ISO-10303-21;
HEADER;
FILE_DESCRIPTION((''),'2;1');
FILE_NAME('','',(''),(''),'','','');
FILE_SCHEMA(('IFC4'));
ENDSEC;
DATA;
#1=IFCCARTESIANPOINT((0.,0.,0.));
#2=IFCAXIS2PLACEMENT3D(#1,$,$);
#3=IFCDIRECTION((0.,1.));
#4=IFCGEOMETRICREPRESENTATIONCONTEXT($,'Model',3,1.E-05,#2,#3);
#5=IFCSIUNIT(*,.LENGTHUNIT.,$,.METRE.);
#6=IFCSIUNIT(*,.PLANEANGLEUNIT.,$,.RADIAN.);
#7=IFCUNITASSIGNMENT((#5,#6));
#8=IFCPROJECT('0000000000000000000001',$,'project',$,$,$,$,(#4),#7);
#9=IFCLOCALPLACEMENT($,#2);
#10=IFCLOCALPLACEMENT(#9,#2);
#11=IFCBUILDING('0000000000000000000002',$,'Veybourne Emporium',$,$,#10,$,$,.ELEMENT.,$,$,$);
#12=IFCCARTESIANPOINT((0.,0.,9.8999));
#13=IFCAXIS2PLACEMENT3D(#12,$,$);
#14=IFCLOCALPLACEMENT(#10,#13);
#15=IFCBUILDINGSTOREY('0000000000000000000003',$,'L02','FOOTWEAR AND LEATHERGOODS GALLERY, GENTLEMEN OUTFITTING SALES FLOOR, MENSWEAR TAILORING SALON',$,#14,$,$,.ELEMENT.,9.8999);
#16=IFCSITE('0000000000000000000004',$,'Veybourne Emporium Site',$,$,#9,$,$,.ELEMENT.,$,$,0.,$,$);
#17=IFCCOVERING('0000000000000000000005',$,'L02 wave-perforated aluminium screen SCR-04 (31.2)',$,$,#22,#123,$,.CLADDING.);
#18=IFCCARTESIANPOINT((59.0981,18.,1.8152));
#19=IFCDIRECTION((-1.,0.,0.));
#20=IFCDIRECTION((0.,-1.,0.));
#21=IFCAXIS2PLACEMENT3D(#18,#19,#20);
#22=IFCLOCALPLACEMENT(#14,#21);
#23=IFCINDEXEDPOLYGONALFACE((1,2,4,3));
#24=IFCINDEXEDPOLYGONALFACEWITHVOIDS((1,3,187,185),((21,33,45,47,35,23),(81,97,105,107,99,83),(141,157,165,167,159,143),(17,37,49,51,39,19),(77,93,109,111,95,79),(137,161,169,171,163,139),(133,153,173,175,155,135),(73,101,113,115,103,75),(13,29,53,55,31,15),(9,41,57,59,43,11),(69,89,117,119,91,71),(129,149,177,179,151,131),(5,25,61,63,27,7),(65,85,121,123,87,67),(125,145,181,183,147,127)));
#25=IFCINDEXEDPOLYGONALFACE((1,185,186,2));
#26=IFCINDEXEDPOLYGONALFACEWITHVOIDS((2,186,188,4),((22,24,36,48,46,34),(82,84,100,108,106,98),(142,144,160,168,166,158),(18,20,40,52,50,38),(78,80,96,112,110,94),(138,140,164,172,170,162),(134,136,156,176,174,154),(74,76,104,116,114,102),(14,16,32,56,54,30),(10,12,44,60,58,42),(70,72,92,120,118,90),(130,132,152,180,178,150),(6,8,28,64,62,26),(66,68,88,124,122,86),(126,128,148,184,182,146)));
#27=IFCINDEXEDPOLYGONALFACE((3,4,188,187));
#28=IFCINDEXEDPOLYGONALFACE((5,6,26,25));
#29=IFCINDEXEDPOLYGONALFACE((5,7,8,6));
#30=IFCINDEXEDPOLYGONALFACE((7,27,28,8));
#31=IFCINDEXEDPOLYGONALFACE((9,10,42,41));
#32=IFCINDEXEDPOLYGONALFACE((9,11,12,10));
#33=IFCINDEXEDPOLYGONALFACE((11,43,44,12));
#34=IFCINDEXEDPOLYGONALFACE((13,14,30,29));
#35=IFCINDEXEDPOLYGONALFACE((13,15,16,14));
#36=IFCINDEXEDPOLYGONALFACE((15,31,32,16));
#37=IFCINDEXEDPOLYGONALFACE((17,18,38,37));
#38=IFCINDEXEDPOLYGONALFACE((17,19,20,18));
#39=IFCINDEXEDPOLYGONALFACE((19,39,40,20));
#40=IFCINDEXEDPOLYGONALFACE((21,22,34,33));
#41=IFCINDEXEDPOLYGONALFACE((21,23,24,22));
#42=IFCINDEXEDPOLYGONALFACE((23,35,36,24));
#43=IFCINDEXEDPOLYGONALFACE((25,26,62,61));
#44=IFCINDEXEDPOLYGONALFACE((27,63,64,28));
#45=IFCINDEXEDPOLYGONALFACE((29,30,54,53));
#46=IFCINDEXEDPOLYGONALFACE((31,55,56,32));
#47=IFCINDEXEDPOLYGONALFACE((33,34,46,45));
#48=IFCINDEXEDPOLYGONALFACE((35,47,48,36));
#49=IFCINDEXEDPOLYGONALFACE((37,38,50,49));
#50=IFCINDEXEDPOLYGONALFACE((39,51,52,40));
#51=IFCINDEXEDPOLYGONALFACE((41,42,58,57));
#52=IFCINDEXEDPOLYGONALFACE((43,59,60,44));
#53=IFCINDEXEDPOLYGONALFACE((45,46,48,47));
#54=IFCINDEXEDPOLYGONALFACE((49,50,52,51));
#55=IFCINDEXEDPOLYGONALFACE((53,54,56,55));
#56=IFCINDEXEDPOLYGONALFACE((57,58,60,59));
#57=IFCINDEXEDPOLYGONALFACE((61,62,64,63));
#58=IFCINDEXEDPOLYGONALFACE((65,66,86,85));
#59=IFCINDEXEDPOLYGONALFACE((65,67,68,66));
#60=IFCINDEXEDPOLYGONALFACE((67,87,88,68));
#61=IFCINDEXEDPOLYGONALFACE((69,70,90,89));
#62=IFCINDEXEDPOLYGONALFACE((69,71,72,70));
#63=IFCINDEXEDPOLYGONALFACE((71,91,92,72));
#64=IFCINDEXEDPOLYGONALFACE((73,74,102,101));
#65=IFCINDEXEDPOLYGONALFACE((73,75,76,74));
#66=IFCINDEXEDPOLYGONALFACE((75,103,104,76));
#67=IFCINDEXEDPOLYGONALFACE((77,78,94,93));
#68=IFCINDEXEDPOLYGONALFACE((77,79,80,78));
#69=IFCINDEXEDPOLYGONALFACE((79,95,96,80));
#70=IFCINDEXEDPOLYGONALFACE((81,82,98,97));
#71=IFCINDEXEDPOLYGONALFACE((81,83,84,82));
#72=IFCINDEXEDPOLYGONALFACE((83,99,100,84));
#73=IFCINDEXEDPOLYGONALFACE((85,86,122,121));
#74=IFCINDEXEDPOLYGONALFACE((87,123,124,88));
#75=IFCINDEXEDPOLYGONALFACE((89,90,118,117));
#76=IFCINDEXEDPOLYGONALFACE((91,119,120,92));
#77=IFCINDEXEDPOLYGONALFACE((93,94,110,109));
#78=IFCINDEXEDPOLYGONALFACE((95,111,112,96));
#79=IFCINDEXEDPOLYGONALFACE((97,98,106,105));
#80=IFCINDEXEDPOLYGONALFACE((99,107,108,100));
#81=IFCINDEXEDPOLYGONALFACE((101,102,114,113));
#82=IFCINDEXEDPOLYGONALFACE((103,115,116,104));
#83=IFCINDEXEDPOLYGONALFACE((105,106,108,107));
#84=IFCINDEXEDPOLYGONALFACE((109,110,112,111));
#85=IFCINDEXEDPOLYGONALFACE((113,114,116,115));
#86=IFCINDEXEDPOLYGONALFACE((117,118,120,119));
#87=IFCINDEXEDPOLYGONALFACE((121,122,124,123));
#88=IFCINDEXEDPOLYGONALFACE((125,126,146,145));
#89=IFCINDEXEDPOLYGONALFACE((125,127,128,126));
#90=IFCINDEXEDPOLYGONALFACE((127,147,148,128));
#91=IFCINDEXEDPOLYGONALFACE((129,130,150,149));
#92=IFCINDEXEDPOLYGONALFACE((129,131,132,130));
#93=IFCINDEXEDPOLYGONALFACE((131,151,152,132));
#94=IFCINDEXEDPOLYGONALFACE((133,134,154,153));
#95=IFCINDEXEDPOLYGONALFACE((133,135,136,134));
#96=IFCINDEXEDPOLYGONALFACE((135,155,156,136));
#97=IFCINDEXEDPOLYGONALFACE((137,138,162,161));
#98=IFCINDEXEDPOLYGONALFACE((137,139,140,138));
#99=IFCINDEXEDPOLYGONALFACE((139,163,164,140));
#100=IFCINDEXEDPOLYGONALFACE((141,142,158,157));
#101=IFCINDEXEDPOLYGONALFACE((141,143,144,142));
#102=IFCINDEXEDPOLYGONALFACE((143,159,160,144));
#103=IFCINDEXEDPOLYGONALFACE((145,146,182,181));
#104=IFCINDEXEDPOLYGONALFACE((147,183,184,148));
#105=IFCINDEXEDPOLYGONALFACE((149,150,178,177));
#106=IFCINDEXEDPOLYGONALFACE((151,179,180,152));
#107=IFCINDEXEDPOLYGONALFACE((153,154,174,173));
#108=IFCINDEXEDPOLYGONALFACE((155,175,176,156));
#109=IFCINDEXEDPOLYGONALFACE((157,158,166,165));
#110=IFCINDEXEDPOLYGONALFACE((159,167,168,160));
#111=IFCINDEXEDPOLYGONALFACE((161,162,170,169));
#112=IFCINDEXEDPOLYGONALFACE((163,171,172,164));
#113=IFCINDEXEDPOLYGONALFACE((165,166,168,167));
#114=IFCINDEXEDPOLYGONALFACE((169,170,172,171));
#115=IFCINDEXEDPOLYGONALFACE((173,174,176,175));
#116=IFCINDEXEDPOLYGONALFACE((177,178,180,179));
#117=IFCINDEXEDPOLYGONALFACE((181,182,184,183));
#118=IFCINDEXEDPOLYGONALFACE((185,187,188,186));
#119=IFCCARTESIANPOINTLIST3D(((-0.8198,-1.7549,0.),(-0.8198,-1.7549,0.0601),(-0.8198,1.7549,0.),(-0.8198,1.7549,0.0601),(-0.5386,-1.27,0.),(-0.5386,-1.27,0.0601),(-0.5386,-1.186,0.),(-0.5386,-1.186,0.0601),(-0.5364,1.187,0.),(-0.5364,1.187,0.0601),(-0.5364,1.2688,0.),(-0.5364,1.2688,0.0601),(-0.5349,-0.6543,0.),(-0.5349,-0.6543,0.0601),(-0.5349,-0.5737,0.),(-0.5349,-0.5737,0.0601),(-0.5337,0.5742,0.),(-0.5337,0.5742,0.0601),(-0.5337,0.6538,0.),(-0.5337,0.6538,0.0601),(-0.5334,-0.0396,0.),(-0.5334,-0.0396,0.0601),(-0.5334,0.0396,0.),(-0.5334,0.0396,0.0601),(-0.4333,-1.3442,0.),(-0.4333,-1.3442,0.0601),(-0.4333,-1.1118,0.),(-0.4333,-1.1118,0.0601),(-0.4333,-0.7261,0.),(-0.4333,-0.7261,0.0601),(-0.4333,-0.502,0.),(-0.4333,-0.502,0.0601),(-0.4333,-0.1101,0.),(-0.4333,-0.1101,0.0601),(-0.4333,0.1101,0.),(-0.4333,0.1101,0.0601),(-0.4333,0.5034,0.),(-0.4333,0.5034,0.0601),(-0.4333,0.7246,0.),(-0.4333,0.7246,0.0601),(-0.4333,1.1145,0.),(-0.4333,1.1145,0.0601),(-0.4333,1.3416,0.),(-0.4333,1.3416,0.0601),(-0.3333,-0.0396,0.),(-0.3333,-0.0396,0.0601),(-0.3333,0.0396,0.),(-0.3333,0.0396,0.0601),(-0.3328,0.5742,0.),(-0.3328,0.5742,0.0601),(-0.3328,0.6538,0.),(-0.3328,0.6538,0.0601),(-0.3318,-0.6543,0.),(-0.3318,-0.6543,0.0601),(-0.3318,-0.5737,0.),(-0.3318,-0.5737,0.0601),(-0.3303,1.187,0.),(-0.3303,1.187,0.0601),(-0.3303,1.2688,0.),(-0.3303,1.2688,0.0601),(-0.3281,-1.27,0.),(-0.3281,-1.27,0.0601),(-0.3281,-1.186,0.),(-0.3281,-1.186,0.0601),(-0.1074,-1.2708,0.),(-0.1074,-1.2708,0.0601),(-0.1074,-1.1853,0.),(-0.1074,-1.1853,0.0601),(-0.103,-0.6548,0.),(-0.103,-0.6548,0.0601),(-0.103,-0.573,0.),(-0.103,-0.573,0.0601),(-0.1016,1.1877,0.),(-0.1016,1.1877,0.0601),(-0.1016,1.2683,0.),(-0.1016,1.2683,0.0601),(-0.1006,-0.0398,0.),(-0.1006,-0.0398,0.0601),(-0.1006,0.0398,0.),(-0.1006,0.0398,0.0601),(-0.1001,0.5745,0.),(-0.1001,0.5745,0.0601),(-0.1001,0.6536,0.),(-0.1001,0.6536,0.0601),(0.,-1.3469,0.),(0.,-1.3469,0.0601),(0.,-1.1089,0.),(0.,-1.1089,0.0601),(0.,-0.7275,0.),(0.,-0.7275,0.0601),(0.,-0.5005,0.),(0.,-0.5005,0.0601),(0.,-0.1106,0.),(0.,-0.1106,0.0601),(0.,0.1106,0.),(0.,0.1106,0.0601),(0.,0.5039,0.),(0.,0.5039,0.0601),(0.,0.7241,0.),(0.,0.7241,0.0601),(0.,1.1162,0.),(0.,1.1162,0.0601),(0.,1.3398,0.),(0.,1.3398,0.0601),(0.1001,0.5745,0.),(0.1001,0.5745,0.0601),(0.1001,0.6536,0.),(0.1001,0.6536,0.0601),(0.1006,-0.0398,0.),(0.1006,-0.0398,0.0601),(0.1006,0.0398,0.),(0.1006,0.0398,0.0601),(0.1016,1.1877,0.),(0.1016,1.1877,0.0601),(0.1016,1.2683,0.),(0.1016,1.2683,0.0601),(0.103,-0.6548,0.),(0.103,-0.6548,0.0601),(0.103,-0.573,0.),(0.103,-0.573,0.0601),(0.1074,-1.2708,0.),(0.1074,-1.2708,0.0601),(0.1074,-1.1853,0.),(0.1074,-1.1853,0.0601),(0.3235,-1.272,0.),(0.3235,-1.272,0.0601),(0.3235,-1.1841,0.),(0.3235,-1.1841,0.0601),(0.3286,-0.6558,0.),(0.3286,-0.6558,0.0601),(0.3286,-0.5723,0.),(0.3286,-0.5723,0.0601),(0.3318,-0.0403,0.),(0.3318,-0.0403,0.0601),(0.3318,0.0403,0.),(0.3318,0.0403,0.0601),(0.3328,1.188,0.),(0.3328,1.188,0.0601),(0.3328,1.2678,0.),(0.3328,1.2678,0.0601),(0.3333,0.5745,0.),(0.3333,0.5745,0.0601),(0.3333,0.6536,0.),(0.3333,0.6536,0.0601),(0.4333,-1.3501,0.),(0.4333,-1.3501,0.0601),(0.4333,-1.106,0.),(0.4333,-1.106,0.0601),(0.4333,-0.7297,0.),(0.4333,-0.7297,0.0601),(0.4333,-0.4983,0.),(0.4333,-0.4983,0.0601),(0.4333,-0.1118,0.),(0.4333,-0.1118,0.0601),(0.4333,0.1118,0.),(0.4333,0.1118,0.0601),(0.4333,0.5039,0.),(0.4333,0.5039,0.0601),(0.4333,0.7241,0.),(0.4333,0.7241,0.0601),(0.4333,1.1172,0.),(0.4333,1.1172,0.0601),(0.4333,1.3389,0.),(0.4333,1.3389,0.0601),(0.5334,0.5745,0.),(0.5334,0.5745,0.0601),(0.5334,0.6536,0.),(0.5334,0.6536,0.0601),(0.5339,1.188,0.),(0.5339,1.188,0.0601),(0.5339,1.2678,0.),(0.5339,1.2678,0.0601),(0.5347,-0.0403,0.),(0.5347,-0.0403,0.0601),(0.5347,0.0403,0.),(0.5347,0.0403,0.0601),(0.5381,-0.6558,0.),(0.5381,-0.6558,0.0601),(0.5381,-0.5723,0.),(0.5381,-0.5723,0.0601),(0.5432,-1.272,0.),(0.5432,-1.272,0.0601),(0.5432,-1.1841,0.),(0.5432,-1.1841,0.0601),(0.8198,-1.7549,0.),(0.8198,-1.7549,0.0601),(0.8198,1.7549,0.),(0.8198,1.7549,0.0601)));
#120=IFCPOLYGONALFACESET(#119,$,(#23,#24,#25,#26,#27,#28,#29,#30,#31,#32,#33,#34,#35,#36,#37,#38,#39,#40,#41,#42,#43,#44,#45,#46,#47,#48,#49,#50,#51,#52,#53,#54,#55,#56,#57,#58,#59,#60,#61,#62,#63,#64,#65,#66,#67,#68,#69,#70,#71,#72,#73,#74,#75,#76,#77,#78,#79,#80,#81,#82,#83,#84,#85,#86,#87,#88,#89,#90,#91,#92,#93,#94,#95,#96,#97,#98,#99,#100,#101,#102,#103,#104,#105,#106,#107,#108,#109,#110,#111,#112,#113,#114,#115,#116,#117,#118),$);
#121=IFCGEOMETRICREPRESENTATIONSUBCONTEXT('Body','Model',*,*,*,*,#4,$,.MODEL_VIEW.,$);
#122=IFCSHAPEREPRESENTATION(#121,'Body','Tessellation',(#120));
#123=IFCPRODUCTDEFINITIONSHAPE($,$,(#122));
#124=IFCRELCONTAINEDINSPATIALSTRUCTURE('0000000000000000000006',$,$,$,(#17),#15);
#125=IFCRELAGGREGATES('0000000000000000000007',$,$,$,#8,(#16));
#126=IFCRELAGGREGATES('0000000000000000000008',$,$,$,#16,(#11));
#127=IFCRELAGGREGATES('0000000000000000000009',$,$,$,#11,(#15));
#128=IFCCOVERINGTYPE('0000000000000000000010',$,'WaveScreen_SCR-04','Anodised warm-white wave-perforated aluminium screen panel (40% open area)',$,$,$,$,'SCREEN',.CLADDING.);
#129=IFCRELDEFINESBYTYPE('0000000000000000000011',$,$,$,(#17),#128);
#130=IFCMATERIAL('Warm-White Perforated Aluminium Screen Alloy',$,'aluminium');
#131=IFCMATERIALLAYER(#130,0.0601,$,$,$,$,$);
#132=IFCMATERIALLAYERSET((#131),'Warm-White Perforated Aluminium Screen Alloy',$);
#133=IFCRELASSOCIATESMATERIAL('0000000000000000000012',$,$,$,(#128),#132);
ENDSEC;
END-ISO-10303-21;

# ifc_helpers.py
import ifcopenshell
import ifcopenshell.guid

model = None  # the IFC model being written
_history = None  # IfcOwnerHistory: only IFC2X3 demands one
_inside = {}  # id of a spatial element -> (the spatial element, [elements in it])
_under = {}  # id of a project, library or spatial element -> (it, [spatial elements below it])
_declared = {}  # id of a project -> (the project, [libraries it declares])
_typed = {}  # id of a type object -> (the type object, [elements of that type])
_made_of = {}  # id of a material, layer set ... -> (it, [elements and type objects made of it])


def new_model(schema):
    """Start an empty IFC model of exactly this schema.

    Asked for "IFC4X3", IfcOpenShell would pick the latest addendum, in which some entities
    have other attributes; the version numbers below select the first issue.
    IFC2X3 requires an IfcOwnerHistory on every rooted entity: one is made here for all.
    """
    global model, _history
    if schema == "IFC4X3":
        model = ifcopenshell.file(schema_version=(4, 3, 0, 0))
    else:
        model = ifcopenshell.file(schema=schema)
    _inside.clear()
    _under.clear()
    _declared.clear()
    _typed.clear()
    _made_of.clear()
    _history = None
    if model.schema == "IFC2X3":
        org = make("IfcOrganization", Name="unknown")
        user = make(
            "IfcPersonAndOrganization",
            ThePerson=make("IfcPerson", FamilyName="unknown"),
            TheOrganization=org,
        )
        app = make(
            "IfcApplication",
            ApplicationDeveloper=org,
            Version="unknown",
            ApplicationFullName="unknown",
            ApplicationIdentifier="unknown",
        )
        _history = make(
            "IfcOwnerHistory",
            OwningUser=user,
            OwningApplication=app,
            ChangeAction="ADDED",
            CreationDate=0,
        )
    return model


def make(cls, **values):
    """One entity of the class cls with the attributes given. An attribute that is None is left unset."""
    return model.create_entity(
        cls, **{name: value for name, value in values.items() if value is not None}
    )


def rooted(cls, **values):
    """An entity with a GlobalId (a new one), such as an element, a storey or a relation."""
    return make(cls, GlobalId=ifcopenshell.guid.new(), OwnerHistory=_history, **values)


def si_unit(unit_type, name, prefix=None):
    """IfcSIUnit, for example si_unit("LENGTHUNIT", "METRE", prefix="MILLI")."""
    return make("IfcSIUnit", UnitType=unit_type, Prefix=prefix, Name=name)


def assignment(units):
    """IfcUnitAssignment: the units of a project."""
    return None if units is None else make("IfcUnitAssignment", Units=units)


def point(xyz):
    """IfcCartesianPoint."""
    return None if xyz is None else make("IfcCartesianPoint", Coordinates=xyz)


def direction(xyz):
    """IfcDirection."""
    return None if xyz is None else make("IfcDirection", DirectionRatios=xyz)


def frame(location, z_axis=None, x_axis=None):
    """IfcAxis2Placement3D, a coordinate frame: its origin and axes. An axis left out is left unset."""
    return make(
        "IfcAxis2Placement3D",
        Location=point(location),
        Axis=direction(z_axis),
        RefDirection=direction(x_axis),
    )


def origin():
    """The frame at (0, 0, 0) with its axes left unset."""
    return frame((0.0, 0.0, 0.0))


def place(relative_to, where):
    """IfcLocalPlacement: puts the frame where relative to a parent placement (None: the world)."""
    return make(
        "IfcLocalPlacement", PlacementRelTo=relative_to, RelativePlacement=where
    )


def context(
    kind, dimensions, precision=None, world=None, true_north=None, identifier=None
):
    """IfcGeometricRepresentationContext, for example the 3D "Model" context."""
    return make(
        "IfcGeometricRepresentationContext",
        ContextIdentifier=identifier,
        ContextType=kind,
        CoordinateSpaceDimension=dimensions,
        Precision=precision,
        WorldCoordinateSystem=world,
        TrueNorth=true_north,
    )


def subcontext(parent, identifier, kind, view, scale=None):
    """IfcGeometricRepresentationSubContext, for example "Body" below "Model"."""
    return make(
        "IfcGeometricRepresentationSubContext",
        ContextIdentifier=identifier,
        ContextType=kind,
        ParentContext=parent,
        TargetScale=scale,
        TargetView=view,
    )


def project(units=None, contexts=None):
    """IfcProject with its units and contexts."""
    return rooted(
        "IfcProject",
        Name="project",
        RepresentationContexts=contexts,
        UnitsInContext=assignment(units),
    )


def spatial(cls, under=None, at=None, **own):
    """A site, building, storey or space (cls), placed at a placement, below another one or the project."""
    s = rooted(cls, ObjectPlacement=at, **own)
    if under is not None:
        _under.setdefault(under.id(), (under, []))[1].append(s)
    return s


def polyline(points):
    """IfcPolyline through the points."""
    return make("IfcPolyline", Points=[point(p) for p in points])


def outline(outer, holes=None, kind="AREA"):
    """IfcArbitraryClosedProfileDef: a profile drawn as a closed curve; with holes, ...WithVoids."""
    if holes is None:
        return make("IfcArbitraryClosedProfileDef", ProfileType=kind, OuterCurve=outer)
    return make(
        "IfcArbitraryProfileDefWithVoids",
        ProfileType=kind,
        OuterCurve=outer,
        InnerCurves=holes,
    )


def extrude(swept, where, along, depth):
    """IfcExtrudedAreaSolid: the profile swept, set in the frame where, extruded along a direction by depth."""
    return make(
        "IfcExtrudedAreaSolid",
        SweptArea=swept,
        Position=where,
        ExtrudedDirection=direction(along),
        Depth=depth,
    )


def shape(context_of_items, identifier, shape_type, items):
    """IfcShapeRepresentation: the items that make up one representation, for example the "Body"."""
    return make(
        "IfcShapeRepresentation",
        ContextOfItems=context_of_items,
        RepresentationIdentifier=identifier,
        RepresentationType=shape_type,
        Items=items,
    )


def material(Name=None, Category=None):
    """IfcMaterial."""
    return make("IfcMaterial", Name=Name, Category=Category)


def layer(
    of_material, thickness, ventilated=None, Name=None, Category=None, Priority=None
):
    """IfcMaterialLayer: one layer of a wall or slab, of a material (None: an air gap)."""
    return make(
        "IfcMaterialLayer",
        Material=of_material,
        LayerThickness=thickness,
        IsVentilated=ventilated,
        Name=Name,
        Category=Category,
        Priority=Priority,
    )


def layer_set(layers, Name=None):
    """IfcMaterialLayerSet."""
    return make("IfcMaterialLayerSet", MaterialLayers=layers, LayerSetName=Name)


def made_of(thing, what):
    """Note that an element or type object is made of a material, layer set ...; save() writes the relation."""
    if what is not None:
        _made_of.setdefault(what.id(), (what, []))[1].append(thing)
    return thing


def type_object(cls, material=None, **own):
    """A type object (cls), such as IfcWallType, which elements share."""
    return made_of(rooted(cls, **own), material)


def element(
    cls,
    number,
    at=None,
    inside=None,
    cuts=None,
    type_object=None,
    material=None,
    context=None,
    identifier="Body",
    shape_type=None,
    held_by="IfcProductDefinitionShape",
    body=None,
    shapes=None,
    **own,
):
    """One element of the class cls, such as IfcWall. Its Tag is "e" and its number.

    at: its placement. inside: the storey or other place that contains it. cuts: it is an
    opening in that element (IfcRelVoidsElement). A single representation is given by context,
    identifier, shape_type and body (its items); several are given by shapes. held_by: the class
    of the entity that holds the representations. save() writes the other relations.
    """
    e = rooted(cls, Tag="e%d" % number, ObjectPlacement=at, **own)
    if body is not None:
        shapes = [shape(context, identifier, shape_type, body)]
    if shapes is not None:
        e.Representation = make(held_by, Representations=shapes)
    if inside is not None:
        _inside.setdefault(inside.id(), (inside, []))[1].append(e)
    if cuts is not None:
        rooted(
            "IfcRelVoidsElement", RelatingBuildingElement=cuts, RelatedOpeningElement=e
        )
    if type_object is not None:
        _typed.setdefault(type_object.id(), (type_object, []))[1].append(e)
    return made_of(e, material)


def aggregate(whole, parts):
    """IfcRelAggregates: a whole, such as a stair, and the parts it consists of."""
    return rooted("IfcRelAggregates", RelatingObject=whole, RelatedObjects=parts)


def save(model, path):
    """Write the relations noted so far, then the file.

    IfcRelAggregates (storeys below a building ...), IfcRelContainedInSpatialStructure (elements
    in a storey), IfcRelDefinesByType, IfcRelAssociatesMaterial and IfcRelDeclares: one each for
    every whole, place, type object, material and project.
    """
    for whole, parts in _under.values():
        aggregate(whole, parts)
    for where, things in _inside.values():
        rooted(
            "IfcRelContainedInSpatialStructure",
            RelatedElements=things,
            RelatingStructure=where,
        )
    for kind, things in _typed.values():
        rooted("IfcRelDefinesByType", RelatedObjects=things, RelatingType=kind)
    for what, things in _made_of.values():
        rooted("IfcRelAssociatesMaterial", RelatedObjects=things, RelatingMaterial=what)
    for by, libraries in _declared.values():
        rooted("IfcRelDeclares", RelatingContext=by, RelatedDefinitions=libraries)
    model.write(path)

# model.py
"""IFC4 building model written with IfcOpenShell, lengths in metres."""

from ifc_helpers import new_model, si_unit, direction, frame, origin, place, context, subcontext, project, spatial, polyline, outline, extrude, material, layer, layer_set, type_object, element, save


model = new_model("IFC4")

# Units and contexts
model_context = context("Model", 3, precision=1e-05, world=origin(), true_north=direction((0.0, 1.0)))
body_context = subcontext(model_context, "Body", "Model", "MODEL_VIEW")
ifc_project = project(units=[si_unit("LENGTHUNIT", "METRE"), si_unit("PLANEANGLEUNIT", "RADIAN")], contexts=[model_context])

# Site, building, storey
site_placement = place(None, origin())
site = spatial("IfcSite", under=ifc_project, at=site_placement, Name="Veybourne Emporium Site", CompositionType="ELEMENT", RefElevation=0.0)
building_placement = place(site_placement, origin())
building = spatial("IfcBuilding", under=site, at=building_placement, Name="Veybourne Emporium", CompositionType="ELEMENT")
storey_placement = place(building_placement, frame((0.0, 0.0, 9.8999)))
storey = spatial("IfcBuildingStorey", under=building, at=storey_placement, Name="L02", Description="FOOTWEAR AND LEATHERGOODS GALLERY, GENTLEMEN OUTFITTING SALES FLOOR, MENSWEAR TAILORING SALON", CompositionType="ELEMENT", Elevation=9.8999)

# Covering
ifc_material_1 = material(Name="Warm-White Perforated Aluminium Screen Alloy", Category="aluminium")
ifc_layer_1 = layer(ifc_material_1, 0.0601)
ifc_layer_set_1 = layer_set([ifc_layer_1], Name="Warm-White Perforated Aluminium Screen Alloy")
covering_type_1 = type_object("IfcCoveringType", Name="WaveScreen_SCR-04", Description="Anodised warm-white wave-perforated aluminium screen panel (40% open area)", ElementType="SCREEN", PredefinedType="CLADDING", material=ifc_layer_set_1)
covering_1_placement = place(storey_placement, frame((59.0981, 18.0, 1.8152), z_axis=(-1.0, 0.0, 0.0), x_axis=(0.0, -1.0, 0.0)))
element("IfcCovering", 1, at=covering_1_placement, inside=storey, type_object=covering_type_1, Name="L02 wave-perforated aluminium screen SCR-04 (31.2)", PredefinedType="CLADDING", context=body_context, shape_type="SweptSolid", body=[
    extrude(outline(polyline([(-0.8198, -1.7549), (0.8198, -1.7549), (0.8198, 1.7549), (-0.8198, 1.7549), (-0.8198, -1.7549)]), holes=[polyline([(-0.4333, -1.1118), (-0.3281, -1.186), (-0.3281, -1.27), (-0.4333, -1.3442), (-0.5386, -1.27), (-0.5386, -1.186), (-0.4333, -1.1118)]), polyline([(-0.4333, -0.502), (-0.3318, -0.5737), (-0.3318, -0.6543), (-0.4333, -0.7261), (-0.5349, -0.6543), (-0.5349, -0.5737), (-0.4333, -0.502)]), polyline([(-0.4333, 0.1101), (-0.3333, 0.0396), (-0.3333, -0.0396), (-0.4333, -0.1101), (-0.5334, -0.0396), (-0.5334, 0.0396), (-0.4333, 0.1101)]), polyline([(-0.4333, 0.7246), (-0.3328, 0.6538), (-0.3328, 0.5742), (-0.4333, 0.5034), (-0.5337, 0.5742), (-0.5337, 0.6538), (-0.4333, 0.7246)]), polyline([(-0.4333, 1.3416), (-0.3303, 1.2688), (-0.3303, 1.187), (-0.4333, 1.1145), (-0.5364, 1.187), (-0.5364, 1.2688), (-0.4333, 1.3416)]), polyline([(0.0, -1.1089), (0.1074, -1.1853), (0.1074, -1.2708), (0.0, -1.3469), (-0.1074, -1.2708), (-0.1074, -1.1853), (0.0, -1.1089)]), polyline([(0.0, -0.5005), (0.103, -0.573), (0.103, -0.6548), (0.0, -0.7275), (-0.103, -0.6548), (-0.103, -0.573), (0.0, -0.5005)]), polyline([(0.0, 0.1106), (0.1006, 0.0398), (0.1006, -0.0398), (0.0, -0.1106), (-0.1006, -0.0398), (-0.1006, 0.0398), (0.0, 0.1106)]), polyline([(0.0, 0.7241), (0.1001, 0.6536), (0.1001, 0.5745), (0.0, 0.5039), (-0.1001, 0.5745), (-0.1001, 0.6536), (0.0, 0.7241)]), polyline([(0.0, 1.3398), (0.1016, 1.2683), (0.1016, 1.1877), (0.0, 1.1162), (-0.1016, 1.1877), (-0.1016, 1.2683), (0.0, 1.3398)]), polyline([(0.4333, -1.106), (0.5432, -1.1841), (0.5432, -1.272), (0.4333, -1.3501), (0.3235, -1.272), (0.3235, -1.1841), (0.4333, -1.106)]), polyline([(0.4333, -0.4983), (0.5381, -0.5723), (0.5381, -0.6558), (0.4333, -0.7297), (0.3286, -0.6558), (0.3286, -0.5723), (0.4333, -0.4983)]), polyline([(0.4333, 0.1118), (0.5347, 0.0403), (0.5347, -0.0403), (0.4333, -0.1118), (0.3318, -0.0403), (0.3318, 0.0403), (0.4333, 0.1118)]), polyline([(0.4333, 0.7241), (0.5334, 0.6536), (0.5334, 0.5745), (0.4333, 0.5039), (0.3333, 0.5745), (0.3333, 0.6536), (0.4333, 0.7241)]), polyline([(0.4333, 1.3389), (0.5339, 1.2678), (0.5339, 1.188), (0.4333, 1.1172), (0.3328, 1.188), (0.3328, 1.2678), (0.4333, 1.3389)])]), origin(), (0.0, 0.0, 1.0), 0.0601),
])

save(model, "model.ifc")
